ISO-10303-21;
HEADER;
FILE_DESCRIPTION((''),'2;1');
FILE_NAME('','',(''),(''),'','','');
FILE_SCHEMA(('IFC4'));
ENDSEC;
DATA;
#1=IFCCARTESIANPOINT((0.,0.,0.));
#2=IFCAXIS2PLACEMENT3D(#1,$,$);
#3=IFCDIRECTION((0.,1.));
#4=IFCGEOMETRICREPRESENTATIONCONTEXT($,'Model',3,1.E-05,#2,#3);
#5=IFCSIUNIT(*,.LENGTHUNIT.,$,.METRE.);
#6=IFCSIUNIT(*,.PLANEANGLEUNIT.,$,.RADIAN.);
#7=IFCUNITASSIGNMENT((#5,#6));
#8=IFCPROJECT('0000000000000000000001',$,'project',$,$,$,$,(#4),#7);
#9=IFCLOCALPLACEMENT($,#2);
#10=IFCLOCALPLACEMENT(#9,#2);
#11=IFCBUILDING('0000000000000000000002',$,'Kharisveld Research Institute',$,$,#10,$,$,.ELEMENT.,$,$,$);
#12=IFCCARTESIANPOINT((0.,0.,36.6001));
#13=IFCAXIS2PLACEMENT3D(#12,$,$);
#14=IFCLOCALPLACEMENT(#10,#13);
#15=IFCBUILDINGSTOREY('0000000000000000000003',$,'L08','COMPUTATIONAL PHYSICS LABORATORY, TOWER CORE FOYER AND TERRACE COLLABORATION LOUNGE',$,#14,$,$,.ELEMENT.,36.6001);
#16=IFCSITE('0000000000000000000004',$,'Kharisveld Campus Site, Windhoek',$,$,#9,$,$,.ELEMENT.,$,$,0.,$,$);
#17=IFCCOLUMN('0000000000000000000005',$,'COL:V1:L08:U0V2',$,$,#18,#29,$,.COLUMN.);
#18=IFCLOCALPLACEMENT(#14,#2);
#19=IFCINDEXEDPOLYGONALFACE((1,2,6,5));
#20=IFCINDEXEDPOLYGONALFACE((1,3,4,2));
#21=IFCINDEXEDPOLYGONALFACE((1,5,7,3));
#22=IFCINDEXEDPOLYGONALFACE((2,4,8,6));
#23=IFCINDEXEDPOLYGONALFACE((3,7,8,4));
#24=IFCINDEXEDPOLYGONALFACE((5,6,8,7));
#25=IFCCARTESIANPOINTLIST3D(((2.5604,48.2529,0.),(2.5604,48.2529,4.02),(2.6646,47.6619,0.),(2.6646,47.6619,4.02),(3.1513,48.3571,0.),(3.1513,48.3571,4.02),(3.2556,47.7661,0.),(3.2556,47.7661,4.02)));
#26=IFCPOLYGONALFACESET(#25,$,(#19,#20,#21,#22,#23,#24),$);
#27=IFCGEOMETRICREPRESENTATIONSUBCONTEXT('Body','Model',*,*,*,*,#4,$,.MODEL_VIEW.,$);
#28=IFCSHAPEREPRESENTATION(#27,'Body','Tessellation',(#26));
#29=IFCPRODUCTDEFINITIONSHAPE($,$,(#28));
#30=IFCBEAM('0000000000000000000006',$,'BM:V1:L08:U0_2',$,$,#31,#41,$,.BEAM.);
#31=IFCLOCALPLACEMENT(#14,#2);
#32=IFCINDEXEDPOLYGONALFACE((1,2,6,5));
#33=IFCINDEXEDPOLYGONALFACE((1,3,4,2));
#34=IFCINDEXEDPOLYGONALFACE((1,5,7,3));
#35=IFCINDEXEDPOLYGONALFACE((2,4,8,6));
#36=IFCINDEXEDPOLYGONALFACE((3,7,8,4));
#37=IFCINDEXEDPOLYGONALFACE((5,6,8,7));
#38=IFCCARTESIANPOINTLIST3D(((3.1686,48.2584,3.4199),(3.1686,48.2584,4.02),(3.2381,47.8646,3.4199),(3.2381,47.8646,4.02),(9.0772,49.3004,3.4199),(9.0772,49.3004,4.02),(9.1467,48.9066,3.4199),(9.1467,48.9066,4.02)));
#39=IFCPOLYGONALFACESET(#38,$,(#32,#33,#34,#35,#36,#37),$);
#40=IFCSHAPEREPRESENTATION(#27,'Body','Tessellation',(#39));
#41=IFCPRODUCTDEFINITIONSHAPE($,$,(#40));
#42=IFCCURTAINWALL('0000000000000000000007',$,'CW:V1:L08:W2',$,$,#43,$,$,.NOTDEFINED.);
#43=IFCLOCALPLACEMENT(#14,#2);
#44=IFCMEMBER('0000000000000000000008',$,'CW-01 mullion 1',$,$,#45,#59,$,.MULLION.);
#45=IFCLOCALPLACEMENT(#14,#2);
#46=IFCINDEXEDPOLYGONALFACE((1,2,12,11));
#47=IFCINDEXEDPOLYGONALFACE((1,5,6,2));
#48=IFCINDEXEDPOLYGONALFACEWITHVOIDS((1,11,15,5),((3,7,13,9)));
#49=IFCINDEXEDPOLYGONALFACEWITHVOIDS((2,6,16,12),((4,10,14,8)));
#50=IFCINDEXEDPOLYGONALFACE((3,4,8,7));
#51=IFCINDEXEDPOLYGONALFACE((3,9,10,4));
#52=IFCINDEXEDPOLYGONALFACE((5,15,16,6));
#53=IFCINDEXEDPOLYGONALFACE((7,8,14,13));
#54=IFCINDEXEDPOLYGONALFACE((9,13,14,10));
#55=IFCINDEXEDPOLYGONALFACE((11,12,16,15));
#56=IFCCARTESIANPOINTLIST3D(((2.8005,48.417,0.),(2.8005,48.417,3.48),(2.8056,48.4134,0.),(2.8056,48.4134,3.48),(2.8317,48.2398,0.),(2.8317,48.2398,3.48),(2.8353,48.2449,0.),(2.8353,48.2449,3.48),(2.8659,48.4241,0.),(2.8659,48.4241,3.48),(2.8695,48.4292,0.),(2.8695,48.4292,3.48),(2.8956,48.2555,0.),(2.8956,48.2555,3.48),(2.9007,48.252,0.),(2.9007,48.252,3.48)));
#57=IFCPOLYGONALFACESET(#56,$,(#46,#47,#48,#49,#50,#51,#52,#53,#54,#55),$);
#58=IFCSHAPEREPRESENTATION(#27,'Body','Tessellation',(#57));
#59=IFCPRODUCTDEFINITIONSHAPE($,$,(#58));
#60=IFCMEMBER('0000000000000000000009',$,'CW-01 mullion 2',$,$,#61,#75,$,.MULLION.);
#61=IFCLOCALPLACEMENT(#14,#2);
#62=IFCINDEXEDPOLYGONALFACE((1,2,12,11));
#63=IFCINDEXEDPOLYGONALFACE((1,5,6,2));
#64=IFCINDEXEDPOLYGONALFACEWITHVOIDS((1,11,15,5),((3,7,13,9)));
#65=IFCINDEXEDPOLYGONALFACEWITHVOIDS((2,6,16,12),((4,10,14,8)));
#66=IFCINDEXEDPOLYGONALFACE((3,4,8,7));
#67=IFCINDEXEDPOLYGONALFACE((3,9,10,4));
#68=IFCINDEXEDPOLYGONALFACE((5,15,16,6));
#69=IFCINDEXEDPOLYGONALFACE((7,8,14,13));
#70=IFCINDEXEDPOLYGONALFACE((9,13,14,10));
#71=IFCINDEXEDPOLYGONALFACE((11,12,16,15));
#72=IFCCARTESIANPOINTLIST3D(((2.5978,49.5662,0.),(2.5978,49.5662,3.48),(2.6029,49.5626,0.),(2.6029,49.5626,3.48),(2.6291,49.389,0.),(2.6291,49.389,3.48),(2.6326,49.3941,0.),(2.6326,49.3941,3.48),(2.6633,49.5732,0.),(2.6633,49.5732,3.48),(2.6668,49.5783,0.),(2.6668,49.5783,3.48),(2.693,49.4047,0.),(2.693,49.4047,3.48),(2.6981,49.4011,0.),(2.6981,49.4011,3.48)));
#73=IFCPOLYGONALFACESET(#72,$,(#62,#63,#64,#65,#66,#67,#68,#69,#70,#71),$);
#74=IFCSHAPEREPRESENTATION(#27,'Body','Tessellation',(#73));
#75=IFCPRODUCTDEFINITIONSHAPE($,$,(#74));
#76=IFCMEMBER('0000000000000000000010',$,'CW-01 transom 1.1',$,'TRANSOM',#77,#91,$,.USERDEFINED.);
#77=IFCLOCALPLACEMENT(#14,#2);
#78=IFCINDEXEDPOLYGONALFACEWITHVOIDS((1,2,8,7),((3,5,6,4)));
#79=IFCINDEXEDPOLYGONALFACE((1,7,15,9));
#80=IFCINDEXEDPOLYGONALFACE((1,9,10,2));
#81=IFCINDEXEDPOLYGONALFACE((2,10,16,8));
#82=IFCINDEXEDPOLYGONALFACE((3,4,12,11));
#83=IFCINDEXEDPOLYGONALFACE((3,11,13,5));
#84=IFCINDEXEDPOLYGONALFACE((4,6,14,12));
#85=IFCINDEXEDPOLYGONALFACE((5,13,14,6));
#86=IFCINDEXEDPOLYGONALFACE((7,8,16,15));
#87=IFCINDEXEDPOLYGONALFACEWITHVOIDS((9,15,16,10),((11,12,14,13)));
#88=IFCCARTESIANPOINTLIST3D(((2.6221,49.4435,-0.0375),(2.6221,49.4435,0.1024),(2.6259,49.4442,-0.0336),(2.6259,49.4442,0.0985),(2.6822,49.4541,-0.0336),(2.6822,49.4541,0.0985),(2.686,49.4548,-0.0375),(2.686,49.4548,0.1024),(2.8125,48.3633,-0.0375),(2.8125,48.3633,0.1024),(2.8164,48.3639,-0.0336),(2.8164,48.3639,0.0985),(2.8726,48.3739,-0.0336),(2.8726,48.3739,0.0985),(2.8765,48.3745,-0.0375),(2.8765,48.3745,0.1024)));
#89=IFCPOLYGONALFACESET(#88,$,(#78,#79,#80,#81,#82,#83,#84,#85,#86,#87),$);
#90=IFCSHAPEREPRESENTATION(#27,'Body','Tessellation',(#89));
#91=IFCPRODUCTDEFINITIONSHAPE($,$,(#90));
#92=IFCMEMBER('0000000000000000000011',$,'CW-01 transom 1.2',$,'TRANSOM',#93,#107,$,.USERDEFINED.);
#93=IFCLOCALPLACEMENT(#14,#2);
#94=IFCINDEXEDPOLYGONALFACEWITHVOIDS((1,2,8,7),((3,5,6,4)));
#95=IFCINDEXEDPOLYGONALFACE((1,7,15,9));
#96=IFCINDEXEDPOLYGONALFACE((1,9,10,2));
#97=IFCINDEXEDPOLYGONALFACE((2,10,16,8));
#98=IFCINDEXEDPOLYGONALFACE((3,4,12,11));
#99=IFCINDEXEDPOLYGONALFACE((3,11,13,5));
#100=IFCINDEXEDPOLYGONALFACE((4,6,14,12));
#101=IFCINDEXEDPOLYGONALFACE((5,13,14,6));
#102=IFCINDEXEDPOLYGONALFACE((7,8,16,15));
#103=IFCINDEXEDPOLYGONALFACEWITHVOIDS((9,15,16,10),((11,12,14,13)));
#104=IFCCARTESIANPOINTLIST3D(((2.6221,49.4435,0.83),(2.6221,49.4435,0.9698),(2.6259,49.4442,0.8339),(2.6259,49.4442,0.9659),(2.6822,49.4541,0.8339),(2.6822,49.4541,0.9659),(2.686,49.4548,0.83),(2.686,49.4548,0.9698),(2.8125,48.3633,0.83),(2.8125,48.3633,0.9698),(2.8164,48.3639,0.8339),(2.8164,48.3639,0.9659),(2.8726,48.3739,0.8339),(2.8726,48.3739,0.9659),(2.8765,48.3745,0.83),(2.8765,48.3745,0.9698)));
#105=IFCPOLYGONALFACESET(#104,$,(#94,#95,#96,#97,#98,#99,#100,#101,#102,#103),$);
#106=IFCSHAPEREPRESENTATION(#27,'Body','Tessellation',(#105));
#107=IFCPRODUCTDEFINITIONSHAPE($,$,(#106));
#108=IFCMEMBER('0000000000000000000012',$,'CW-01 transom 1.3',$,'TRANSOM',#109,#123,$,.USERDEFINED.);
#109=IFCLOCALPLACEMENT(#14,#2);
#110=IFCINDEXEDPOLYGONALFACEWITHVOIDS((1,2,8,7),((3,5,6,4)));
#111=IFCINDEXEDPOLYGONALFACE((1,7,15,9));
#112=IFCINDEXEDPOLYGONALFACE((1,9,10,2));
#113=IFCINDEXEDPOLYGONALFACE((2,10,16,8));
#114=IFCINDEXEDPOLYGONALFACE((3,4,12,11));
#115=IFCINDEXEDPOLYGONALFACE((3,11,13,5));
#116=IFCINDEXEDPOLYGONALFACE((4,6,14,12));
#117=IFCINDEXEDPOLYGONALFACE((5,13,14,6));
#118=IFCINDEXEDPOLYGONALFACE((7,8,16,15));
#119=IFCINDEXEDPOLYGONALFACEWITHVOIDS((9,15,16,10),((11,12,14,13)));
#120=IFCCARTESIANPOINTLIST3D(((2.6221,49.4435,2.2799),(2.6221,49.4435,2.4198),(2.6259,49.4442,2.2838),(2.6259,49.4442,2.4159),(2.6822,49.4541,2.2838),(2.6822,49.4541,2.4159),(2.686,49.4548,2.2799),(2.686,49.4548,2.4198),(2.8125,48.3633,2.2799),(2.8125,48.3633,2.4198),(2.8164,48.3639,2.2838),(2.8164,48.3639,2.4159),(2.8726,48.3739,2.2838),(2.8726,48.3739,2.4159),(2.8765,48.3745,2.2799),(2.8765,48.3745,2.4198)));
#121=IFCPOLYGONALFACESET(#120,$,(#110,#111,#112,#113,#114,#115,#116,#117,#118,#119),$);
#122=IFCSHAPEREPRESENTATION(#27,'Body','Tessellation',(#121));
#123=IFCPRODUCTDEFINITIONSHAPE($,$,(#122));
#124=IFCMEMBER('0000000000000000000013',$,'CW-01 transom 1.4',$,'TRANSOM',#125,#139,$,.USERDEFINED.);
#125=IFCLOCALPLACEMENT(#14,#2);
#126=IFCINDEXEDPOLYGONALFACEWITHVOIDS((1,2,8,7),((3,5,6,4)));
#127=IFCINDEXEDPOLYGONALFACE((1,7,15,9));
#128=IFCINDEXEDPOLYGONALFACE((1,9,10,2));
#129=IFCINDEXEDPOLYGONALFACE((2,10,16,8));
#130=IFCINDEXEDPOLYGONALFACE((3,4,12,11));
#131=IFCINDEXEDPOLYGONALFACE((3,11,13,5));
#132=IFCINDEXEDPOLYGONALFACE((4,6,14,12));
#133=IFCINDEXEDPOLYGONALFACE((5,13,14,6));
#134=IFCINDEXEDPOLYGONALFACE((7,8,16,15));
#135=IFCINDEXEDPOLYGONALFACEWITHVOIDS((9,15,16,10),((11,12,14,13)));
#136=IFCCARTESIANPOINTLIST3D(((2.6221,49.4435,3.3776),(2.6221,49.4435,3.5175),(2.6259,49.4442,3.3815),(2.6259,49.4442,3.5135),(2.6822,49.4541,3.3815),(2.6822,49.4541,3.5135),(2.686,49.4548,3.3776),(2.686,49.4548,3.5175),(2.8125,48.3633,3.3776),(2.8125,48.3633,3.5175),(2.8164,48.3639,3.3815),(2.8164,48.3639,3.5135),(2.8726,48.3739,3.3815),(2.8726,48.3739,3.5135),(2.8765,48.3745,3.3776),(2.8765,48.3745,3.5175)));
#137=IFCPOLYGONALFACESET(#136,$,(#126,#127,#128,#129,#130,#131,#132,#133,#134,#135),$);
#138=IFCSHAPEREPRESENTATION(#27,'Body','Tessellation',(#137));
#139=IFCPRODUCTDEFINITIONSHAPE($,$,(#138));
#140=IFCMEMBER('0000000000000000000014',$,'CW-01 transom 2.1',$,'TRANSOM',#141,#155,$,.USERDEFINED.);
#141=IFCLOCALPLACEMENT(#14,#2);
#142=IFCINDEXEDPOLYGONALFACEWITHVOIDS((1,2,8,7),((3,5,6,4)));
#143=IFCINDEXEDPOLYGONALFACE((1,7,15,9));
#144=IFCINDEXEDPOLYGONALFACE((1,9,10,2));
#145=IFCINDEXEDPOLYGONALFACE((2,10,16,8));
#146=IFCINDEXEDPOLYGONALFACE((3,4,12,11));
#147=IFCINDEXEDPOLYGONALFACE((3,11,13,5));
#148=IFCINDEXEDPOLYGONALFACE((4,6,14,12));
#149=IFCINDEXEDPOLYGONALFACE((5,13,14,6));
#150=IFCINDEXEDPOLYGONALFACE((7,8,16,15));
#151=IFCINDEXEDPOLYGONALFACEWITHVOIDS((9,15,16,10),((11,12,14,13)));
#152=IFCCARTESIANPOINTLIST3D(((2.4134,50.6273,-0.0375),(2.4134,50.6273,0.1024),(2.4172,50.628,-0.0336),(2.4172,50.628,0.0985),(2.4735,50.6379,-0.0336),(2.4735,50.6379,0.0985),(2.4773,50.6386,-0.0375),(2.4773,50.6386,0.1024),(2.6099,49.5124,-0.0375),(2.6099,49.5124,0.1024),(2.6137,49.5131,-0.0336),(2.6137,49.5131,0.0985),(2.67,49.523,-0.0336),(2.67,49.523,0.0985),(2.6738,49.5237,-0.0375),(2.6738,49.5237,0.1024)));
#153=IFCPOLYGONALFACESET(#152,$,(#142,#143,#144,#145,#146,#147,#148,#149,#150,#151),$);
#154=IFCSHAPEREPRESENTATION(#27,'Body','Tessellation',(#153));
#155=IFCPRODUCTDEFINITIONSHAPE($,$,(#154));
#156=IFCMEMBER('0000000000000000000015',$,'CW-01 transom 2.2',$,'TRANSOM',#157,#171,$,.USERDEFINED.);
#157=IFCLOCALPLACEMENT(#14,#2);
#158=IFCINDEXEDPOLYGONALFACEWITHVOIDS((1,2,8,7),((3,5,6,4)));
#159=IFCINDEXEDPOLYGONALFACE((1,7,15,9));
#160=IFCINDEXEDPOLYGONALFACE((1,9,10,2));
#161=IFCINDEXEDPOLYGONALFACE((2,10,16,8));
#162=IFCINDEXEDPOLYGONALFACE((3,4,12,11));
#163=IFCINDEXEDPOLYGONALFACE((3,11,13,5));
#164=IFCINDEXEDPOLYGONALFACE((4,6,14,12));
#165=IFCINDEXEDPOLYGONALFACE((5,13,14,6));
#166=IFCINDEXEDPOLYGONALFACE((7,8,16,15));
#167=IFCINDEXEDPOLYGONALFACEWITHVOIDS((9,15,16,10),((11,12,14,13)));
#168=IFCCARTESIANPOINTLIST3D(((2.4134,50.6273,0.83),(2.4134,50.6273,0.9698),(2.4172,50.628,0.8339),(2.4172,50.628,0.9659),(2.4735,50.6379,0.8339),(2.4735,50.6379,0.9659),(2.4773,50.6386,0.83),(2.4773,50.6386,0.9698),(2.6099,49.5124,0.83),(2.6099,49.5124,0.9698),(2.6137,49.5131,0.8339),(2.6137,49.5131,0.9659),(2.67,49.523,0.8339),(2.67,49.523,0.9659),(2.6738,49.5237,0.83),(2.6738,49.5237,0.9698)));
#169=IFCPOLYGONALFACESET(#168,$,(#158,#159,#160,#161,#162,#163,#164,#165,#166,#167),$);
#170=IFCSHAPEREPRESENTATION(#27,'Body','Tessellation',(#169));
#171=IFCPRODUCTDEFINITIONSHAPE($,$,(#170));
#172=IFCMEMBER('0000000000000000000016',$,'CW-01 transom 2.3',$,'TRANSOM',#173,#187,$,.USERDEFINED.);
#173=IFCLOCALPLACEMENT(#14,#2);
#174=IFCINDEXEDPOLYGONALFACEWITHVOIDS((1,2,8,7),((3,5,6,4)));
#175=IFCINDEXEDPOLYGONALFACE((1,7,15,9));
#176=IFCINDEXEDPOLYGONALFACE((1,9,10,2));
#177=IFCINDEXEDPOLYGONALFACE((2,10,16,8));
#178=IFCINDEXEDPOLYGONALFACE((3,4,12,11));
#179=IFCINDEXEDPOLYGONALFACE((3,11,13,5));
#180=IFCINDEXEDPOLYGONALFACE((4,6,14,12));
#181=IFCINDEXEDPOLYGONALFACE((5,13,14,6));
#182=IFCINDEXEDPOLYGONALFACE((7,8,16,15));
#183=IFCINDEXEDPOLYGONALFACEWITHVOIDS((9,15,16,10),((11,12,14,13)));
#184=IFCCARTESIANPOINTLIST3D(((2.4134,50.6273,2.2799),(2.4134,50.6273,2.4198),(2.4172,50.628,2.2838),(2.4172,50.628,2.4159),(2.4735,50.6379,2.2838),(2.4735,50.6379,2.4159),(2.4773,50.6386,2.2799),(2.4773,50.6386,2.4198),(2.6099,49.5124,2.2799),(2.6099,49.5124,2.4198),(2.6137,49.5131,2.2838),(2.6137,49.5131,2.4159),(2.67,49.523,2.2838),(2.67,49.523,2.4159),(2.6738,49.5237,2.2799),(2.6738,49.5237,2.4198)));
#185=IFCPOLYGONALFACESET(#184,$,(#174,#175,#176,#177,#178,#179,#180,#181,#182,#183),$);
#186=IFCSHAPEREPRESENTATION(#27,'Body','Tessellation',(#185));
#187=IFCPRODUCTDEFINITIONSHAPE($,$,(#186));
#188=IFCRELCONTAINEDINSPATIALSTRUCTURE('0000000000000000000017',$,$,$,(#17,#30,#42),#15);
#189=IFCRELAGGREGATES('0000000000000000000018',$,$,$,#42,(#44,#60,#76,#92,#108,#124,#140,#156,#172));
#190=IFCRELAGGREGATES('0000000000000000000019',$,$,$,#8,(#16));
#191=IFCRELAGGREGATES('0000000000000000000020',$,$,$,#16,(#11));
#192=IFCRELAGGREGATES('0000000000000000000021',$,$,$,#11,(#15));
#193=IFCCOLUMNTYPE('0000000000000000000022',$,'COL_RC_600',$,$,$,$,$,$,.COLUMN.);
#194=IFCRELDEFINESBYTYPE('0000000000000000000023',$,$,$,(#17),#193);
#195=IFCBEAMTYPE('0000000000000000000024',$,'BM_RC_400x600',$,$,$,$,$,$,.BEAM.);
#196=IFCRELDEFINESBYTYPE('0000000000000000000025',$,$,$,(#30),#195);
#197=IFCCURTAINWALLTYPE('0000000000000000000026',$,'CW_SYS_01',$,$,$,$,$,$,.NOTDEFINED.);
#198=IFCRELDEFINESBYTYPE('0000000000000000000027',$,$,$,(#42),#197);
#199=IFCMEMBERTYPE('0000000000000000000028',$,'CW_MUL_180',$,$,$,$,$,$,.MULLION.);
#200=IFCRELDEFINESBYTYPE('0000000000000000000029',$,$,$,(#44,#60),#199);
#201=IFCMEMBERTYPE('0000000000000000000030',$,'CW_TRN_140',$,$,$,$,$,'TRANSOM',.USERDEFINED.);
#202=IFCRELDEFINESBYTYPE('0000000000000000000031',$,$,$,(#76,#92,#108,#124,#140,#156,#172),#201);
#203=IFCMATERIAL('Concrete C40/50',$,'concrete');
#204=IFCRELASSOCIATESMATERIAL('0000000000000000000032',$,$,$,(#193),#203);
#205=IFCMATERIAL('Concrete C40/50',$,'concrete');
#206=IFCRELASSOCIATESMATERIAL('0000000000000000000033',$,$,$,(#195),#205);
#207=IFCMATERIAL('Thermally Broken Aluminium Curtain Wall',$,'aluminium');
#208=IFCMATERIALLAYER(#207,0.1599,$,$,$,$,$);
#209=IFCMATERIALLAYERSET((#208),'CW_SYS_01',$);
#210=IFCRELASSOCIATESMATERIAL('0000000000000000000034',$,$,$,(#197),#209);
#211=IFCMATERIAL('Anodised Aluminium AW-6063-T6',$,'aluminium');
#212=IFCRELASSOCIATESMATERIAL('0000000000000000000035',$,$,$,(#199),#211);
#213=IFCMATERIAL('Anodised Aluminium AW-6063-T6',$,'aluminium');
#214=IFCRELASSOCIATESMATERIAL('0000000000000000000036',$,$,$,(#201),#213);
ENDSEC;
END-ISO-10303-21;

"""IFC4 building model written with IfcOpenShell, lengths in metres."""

from ifc_helpers import new_model, si_unit, direction, frame, origin, origin_2d, place, context, subcontext, project, spatial, rectangle, hollow_rectangle, extrude, material, layer, layer_set, material_profile, profile_set, type_object, element, aggregate, save


model = new_model("IFC4")

# Units and contexts
model_context = context("Model", 3, precision=1e-05, world=origin(), true_north=direction((0.0, 1.0)))
body_context = subcontext(model_context, "Body", "Model", "MODEL_VIEW")
ifc_project = project(units=[si_unit("LENGTHUNIT", "METRE"), si_unit("PLANEANGLEUNIT", "RADIAN")], contexts=[model_context])

# Site, building, storey
site_placement = place(None, origin())
site = spatial("IfcSite", under=ifc_project, at=site_placement, Name="Kharisveld Campus Site, Windhoek", CompositionType="ELEMENT", RefElevation=0.0)
building_placement = place(site_placement, origin())
building = spatial("IfcBuilding", under=site, at=building_placement, Name="Kharisveld Research Institute", CompositionType="ELEMENT")
storey_placement = place(building_placement, frame((0.0, 0.0, 36.6001)))
storey = spatial("IfcBuildingStorey", under=building, at=storey_placement, Name="L08", Description="COMPUTATIONAL PHYSICS LABORATORY, TOWER CORE FOYER AND TERRACE COLLABORATION LOUNGE", CompositionType="ELEMENT", Elevation=36.6001)

# Column
ifc_material_1 = material(Name="Concrete C40/50", Category="concrete")
ifc_material_profile_1 = material_profile(ifc_material_1, rectangle(XDim=0.6001, YDim=0.6001, at=origin_2d()))
ifc_profile_set_1 = profile_set([ifc_material_profile_1], Name="Concrete C40/50")
column_type = type_object("IfcColumnType", Name="COL_RC_600", PredefinedType="COLUMN", material=ifc_profile_set_1)
column_placement = place(storey_placement, frame((2.908, 48.0095, 0.0), z_axis=(0.0, 0.0, 1.0), x_axis=(0.984808, 0.173648, 0.0)))
element("IfcColumn", 1, at=column_placement, inside=storey, type_object=column_type, Name="COL:V1:L08:U0V2", PredefinedType="COLUMN", context=body_context, shape_type="SweptSolid", body=[
    extrude(rectangle(XDim=0.6001, YDim=0.6001, at=origin_2d()), origin(), (0.0, 0.0, 1.0), 4.02),
])

# Beam
ifc_material_2 = material(Name="Concrete C40/50", Category="concrete")
ifc_material_profile_2 = material_profile(ifc_material_2, rectangle(XDim=0.3999, YDim=0.6001, at=origin_2d()))
ifc_profile_set_2 = profile_set([ifc_material_profile_2], Name="Concrete C40/50")
beam_type_1 = type_object("IfcBeamType", Name="BM_RC_400x600", PredefinedType="BEAM", material=ifc_profile_set_2)
beam_1_placement = place(storey_placement, frame((3.2034, 48.0615, 3.72), z_axis=(0.984804, 0.173669, 0.0), x_axis=(-0.173669, 0.984804, 0.0)))
element("IfcBeam", 2, at=beam_1_placement, inside=storey, type_object=beam_type_1, Name="BM:V1:L08:U0_2", PredefinedType="BEAM", context=body_context, shape_type="SweptSolid", body=[
    extrude(rectangle(XDim=0.3999, YDim=0.6001, at=origin_2d()), origin(), (0.0, 0.0, 1.0), 5.9998),
])

# Curtain wall, members
ifc_material_3 = material(Name="Thermally Broken Aluminium Curtain Wall", Category="aluminium")
ifc_layer_1 = layer(ifc_material_3, 0.1599)
ifc_layer_set_1 = layer_set([ifc_layer_1], Name="CW_SYS_01")
curtain_wall_type = type_object("IfcCurtainWallType", Name="CW_SYS_01", PredefinedType="NOTDEFINED", material=ifc_layer_set_1)
curtain_wall_placement = place(storey_placement, origin())
curtain_wall = element("IfcCurtainWall", 3, at=curtain_wall_placement, inside=storey, type_object=curtain_wall_type, Name="CW:V1:L08:W2", PredefinedType="NOTDEFINED")
ifc_material_4 = material(Name="Anodised Aluminium AW-6063-T6", Category="aluminium")
ifc_material_profile_3 = material_profile(ifc_material_4, hollow_rectangle(XDim=0.0701, YDim=0.1799, WallThickness=0.0044, at=origin_2d()))
ifc_profile_set_3 = profile_set([ifc_material_profile_3], Name="Anodised Aluminium AW-6063-T6")
member_type_1 = type_object("IfcMemberType", Name="CW_MUL_180", PredefinedType="MULLION", material=ifc_profile_set_3)
member_1_placement = place(storey_placement, frame((2.8506, 48.3345, 0.0), z_axis=(0.0, 0.0, 1.0), x_axis=(-0.984808, -0.173648, 0.0)))
member_1 = element("IfcMember", 4, at=member_1_placement, type_object=member_type_1, Name="CW-01 mullion 1", PredefinedType="MULLION", context=body_context, shape_type="SweptSolid", body=[
    extrude(hollow_rectangle(XDim=0.0701, YDim=0.1799, WallThickness=0.0044, at=origin_2d()), origin(), (0.0, 0.0, 1.0), 3.48),
])
member_2_placement = place(storey_placement, frame((2.6479, 49.4836, 0.0), z_axis=(0.0, 0.0, 1.0), x_axis=(-0.984808, -0.173648, 0.0)))
member_2 = element("IfcMember", 5, at=member_2_placement, type_object=member_type_1, Name="CW-01 mullion 2", PredefinedType="MULLION", context=body_context, shape_type="SweptSolid", body=[
    extrude(hollow_rectangle(XDim=0.0701, YDim=0.1799, WallThickness=0.0044, at=origin_2d()), origin(), (0.0, 0.0, 1.0), 3.48),
])
ifc_material_5 = material(Name="Anodised Aluminium AW-6063-T6", Category="aluminium")
ifc_material_profile_4 = material_profile(ifc_material_5, hollow_rectangle(XDim=0.0649, YDim=0.1399, WallThickness=0.0039, at=origin_2d()))
ifc_profile_set_4 = profile_set([ifc_material_profile_4], Name="Anodised Aluminium AW-6063-T6")
member_type_2 = type_object("IfcMemberType", Name="CW_TRN_140", ElementType="TRANSOM", PredefinedType="USERDEFINED", material=ifc_profile_set_4)
member_3_placement = place(storey_placement, frame((2.8445, 48.3689, 0.0325), z_axis=(-0.173595, 0.984817, 0.0), x_axis=(-0.984817, -0.173595, 0.0)))
member_3 = element("IfcMember", 6, at=member_3_placement, type_object=member_type_2, Name="CW-01 transom 1.1", ObjectType="TRANSOM", PredefinedType="USERDEFINED", context=body_context, shape_type="SweptSolid", body=[
    extrude(hollow_rectangle(XDim=0.0649, YDim=0.1399, WallThickness=0.0039, at=origin_2d()), origin(), (0.0, 0.0, 1.0), 1.0969),
])
member_4_placement = place(storey_placement, frame((2.8445, 48.3689, 0.8999), z_axis=(-0.173595, 0.984817, 0.0), x_axis=(-0.984817, -0.173595, 0.0)))
member_4 = element("IfcMember", 7, at=member_4_placement, type_object=member_type_2, Name="CW-01 transom 1.2", ObjectType="TRANSOM", PredefinedType="USERDEFINED", context=body_context, shape_type="SweptSolid", body=[
    extrude(hollow_rectangle(XDim=0.0649, YDim=0.1399, WallThickness=0.0039, at=origin_2d()), origin(), (0.0, 0.0, 1.0), 1.0969),
])
member_5_placement = place(storey_placement, frame((2.8445, 48.3689, 2.3499), z_axis=(-0.173595, 0.984817, 0.0), x_axis=(-0.984817, -0.173595, 0.0)))
member_5 = element("IfcMember", 8, at=member_5_placement, type_object=member_type_2, Name="CW-01 transom 1.3", ObjectType="TRANSOM", PredefinedType="USERDEFINED", context=body_context, shape_type="SweptSolid", body=[
    extrude(hollow_rectangle(XDim=0.0649, YDim=0.1399, WallThickness=0.0039, at=origin_2d()), origin(), (0.0, 0.0, 1.0), 1.0969),
])
member_6_placement = place(storey_placement, frame((2.8445, 48.3689, 3.4475), z_axis=(-0.173595, 0.984817, 0.0), x_axis=(-0.984817, -0.173595, 0.0)))
member_6 = element("IfcMember", 9, at=member_6_placement, type_object=member_type_2, Name="CW-01 transom 1.4", ObjectType="TRANSOM", PredefinedType="USERDEFINED", context=body_context, shape_type="SweptSolid", body=[
    extrude(hollow_rectangle(XDim=0.0649, YDim=0.1399, WallThickness=0.0039, at=origin_2d()), origin(), (0.0, 0.0, 1.0), 1.0969),
])
member_7_placement = place(storey_placement, frame((2.6418, 49.5181, 0.0325), z_axis=(-0.173589, 0.984818, 0.0), x_axis=(-0.984818, -0.173589, 0.0)))
member_7 = element("IfcMember", 10, at=member_7_placement, type_object=member_type_2, Name="CW-01 transom 2.1", ObjectType="TRANSOM", PredefinedType="USERDEFINED", context=body_context, shape_type="SweptSolid", body=[
    extrude(hollow_rectangle(XDim=0.0649, YDim=0.1399, WallThickness=0.0039, at=origin_2d()), origin(), (0.0, 0.0, 1.0), 1.1321),
])
member_8_placement = place(storey_placement, frame((2.6418, 49.5181, 0.8999), z_axis=(-0.173589, 0.984818, 0.0), x_axis=(-0.984818, -0.173589, 0.0)))
member_8 = element("IfcMember", 11, at=member_8_placement, type_object=member_type_2, Name="CW-01 transom 2.2", ObjectType="TRANSOM", PredefinedType="USERDEFINED", context=body_context, shape_type="SweptSolid", body=[
    extrude(hollow_rectangle(XDim=0.0649, YDim=0.1399, WallThickness=0.0039, at=origin_2d()), origin(), (0.0, 0.0, 1.0), 1.1321),
])
member_9_placement = place(storey_placement, frame((2.6418, 49.5181, 2.3499), z_axis=(-0.173589, 0.984818, 0.0), x_axis=(-0.984818, -0.173589, 0.0)))
member_9 = element("IfcMember", 12, at=member_9_placement, type_object=member_type_2, Name="CW-01 transom 2.3", ObjectType="TRANSOM", PredefinedType="USERDEFINED", context=body_context, shape_type="SweptSolid", body=[
    extrude(hollow_rectangle(XDim=0.0649, YDim=0.1399, WallThickness=0.0039, at=origin_2d()), origin(), (0.0, 0.0, 1.0), 1.1321),
])

aggregate(curtain_wall, [member_1, member_2, member_3, member_4, member_5, member_6, member_7, member_8, member_9])

save(model, "model.ifc")
